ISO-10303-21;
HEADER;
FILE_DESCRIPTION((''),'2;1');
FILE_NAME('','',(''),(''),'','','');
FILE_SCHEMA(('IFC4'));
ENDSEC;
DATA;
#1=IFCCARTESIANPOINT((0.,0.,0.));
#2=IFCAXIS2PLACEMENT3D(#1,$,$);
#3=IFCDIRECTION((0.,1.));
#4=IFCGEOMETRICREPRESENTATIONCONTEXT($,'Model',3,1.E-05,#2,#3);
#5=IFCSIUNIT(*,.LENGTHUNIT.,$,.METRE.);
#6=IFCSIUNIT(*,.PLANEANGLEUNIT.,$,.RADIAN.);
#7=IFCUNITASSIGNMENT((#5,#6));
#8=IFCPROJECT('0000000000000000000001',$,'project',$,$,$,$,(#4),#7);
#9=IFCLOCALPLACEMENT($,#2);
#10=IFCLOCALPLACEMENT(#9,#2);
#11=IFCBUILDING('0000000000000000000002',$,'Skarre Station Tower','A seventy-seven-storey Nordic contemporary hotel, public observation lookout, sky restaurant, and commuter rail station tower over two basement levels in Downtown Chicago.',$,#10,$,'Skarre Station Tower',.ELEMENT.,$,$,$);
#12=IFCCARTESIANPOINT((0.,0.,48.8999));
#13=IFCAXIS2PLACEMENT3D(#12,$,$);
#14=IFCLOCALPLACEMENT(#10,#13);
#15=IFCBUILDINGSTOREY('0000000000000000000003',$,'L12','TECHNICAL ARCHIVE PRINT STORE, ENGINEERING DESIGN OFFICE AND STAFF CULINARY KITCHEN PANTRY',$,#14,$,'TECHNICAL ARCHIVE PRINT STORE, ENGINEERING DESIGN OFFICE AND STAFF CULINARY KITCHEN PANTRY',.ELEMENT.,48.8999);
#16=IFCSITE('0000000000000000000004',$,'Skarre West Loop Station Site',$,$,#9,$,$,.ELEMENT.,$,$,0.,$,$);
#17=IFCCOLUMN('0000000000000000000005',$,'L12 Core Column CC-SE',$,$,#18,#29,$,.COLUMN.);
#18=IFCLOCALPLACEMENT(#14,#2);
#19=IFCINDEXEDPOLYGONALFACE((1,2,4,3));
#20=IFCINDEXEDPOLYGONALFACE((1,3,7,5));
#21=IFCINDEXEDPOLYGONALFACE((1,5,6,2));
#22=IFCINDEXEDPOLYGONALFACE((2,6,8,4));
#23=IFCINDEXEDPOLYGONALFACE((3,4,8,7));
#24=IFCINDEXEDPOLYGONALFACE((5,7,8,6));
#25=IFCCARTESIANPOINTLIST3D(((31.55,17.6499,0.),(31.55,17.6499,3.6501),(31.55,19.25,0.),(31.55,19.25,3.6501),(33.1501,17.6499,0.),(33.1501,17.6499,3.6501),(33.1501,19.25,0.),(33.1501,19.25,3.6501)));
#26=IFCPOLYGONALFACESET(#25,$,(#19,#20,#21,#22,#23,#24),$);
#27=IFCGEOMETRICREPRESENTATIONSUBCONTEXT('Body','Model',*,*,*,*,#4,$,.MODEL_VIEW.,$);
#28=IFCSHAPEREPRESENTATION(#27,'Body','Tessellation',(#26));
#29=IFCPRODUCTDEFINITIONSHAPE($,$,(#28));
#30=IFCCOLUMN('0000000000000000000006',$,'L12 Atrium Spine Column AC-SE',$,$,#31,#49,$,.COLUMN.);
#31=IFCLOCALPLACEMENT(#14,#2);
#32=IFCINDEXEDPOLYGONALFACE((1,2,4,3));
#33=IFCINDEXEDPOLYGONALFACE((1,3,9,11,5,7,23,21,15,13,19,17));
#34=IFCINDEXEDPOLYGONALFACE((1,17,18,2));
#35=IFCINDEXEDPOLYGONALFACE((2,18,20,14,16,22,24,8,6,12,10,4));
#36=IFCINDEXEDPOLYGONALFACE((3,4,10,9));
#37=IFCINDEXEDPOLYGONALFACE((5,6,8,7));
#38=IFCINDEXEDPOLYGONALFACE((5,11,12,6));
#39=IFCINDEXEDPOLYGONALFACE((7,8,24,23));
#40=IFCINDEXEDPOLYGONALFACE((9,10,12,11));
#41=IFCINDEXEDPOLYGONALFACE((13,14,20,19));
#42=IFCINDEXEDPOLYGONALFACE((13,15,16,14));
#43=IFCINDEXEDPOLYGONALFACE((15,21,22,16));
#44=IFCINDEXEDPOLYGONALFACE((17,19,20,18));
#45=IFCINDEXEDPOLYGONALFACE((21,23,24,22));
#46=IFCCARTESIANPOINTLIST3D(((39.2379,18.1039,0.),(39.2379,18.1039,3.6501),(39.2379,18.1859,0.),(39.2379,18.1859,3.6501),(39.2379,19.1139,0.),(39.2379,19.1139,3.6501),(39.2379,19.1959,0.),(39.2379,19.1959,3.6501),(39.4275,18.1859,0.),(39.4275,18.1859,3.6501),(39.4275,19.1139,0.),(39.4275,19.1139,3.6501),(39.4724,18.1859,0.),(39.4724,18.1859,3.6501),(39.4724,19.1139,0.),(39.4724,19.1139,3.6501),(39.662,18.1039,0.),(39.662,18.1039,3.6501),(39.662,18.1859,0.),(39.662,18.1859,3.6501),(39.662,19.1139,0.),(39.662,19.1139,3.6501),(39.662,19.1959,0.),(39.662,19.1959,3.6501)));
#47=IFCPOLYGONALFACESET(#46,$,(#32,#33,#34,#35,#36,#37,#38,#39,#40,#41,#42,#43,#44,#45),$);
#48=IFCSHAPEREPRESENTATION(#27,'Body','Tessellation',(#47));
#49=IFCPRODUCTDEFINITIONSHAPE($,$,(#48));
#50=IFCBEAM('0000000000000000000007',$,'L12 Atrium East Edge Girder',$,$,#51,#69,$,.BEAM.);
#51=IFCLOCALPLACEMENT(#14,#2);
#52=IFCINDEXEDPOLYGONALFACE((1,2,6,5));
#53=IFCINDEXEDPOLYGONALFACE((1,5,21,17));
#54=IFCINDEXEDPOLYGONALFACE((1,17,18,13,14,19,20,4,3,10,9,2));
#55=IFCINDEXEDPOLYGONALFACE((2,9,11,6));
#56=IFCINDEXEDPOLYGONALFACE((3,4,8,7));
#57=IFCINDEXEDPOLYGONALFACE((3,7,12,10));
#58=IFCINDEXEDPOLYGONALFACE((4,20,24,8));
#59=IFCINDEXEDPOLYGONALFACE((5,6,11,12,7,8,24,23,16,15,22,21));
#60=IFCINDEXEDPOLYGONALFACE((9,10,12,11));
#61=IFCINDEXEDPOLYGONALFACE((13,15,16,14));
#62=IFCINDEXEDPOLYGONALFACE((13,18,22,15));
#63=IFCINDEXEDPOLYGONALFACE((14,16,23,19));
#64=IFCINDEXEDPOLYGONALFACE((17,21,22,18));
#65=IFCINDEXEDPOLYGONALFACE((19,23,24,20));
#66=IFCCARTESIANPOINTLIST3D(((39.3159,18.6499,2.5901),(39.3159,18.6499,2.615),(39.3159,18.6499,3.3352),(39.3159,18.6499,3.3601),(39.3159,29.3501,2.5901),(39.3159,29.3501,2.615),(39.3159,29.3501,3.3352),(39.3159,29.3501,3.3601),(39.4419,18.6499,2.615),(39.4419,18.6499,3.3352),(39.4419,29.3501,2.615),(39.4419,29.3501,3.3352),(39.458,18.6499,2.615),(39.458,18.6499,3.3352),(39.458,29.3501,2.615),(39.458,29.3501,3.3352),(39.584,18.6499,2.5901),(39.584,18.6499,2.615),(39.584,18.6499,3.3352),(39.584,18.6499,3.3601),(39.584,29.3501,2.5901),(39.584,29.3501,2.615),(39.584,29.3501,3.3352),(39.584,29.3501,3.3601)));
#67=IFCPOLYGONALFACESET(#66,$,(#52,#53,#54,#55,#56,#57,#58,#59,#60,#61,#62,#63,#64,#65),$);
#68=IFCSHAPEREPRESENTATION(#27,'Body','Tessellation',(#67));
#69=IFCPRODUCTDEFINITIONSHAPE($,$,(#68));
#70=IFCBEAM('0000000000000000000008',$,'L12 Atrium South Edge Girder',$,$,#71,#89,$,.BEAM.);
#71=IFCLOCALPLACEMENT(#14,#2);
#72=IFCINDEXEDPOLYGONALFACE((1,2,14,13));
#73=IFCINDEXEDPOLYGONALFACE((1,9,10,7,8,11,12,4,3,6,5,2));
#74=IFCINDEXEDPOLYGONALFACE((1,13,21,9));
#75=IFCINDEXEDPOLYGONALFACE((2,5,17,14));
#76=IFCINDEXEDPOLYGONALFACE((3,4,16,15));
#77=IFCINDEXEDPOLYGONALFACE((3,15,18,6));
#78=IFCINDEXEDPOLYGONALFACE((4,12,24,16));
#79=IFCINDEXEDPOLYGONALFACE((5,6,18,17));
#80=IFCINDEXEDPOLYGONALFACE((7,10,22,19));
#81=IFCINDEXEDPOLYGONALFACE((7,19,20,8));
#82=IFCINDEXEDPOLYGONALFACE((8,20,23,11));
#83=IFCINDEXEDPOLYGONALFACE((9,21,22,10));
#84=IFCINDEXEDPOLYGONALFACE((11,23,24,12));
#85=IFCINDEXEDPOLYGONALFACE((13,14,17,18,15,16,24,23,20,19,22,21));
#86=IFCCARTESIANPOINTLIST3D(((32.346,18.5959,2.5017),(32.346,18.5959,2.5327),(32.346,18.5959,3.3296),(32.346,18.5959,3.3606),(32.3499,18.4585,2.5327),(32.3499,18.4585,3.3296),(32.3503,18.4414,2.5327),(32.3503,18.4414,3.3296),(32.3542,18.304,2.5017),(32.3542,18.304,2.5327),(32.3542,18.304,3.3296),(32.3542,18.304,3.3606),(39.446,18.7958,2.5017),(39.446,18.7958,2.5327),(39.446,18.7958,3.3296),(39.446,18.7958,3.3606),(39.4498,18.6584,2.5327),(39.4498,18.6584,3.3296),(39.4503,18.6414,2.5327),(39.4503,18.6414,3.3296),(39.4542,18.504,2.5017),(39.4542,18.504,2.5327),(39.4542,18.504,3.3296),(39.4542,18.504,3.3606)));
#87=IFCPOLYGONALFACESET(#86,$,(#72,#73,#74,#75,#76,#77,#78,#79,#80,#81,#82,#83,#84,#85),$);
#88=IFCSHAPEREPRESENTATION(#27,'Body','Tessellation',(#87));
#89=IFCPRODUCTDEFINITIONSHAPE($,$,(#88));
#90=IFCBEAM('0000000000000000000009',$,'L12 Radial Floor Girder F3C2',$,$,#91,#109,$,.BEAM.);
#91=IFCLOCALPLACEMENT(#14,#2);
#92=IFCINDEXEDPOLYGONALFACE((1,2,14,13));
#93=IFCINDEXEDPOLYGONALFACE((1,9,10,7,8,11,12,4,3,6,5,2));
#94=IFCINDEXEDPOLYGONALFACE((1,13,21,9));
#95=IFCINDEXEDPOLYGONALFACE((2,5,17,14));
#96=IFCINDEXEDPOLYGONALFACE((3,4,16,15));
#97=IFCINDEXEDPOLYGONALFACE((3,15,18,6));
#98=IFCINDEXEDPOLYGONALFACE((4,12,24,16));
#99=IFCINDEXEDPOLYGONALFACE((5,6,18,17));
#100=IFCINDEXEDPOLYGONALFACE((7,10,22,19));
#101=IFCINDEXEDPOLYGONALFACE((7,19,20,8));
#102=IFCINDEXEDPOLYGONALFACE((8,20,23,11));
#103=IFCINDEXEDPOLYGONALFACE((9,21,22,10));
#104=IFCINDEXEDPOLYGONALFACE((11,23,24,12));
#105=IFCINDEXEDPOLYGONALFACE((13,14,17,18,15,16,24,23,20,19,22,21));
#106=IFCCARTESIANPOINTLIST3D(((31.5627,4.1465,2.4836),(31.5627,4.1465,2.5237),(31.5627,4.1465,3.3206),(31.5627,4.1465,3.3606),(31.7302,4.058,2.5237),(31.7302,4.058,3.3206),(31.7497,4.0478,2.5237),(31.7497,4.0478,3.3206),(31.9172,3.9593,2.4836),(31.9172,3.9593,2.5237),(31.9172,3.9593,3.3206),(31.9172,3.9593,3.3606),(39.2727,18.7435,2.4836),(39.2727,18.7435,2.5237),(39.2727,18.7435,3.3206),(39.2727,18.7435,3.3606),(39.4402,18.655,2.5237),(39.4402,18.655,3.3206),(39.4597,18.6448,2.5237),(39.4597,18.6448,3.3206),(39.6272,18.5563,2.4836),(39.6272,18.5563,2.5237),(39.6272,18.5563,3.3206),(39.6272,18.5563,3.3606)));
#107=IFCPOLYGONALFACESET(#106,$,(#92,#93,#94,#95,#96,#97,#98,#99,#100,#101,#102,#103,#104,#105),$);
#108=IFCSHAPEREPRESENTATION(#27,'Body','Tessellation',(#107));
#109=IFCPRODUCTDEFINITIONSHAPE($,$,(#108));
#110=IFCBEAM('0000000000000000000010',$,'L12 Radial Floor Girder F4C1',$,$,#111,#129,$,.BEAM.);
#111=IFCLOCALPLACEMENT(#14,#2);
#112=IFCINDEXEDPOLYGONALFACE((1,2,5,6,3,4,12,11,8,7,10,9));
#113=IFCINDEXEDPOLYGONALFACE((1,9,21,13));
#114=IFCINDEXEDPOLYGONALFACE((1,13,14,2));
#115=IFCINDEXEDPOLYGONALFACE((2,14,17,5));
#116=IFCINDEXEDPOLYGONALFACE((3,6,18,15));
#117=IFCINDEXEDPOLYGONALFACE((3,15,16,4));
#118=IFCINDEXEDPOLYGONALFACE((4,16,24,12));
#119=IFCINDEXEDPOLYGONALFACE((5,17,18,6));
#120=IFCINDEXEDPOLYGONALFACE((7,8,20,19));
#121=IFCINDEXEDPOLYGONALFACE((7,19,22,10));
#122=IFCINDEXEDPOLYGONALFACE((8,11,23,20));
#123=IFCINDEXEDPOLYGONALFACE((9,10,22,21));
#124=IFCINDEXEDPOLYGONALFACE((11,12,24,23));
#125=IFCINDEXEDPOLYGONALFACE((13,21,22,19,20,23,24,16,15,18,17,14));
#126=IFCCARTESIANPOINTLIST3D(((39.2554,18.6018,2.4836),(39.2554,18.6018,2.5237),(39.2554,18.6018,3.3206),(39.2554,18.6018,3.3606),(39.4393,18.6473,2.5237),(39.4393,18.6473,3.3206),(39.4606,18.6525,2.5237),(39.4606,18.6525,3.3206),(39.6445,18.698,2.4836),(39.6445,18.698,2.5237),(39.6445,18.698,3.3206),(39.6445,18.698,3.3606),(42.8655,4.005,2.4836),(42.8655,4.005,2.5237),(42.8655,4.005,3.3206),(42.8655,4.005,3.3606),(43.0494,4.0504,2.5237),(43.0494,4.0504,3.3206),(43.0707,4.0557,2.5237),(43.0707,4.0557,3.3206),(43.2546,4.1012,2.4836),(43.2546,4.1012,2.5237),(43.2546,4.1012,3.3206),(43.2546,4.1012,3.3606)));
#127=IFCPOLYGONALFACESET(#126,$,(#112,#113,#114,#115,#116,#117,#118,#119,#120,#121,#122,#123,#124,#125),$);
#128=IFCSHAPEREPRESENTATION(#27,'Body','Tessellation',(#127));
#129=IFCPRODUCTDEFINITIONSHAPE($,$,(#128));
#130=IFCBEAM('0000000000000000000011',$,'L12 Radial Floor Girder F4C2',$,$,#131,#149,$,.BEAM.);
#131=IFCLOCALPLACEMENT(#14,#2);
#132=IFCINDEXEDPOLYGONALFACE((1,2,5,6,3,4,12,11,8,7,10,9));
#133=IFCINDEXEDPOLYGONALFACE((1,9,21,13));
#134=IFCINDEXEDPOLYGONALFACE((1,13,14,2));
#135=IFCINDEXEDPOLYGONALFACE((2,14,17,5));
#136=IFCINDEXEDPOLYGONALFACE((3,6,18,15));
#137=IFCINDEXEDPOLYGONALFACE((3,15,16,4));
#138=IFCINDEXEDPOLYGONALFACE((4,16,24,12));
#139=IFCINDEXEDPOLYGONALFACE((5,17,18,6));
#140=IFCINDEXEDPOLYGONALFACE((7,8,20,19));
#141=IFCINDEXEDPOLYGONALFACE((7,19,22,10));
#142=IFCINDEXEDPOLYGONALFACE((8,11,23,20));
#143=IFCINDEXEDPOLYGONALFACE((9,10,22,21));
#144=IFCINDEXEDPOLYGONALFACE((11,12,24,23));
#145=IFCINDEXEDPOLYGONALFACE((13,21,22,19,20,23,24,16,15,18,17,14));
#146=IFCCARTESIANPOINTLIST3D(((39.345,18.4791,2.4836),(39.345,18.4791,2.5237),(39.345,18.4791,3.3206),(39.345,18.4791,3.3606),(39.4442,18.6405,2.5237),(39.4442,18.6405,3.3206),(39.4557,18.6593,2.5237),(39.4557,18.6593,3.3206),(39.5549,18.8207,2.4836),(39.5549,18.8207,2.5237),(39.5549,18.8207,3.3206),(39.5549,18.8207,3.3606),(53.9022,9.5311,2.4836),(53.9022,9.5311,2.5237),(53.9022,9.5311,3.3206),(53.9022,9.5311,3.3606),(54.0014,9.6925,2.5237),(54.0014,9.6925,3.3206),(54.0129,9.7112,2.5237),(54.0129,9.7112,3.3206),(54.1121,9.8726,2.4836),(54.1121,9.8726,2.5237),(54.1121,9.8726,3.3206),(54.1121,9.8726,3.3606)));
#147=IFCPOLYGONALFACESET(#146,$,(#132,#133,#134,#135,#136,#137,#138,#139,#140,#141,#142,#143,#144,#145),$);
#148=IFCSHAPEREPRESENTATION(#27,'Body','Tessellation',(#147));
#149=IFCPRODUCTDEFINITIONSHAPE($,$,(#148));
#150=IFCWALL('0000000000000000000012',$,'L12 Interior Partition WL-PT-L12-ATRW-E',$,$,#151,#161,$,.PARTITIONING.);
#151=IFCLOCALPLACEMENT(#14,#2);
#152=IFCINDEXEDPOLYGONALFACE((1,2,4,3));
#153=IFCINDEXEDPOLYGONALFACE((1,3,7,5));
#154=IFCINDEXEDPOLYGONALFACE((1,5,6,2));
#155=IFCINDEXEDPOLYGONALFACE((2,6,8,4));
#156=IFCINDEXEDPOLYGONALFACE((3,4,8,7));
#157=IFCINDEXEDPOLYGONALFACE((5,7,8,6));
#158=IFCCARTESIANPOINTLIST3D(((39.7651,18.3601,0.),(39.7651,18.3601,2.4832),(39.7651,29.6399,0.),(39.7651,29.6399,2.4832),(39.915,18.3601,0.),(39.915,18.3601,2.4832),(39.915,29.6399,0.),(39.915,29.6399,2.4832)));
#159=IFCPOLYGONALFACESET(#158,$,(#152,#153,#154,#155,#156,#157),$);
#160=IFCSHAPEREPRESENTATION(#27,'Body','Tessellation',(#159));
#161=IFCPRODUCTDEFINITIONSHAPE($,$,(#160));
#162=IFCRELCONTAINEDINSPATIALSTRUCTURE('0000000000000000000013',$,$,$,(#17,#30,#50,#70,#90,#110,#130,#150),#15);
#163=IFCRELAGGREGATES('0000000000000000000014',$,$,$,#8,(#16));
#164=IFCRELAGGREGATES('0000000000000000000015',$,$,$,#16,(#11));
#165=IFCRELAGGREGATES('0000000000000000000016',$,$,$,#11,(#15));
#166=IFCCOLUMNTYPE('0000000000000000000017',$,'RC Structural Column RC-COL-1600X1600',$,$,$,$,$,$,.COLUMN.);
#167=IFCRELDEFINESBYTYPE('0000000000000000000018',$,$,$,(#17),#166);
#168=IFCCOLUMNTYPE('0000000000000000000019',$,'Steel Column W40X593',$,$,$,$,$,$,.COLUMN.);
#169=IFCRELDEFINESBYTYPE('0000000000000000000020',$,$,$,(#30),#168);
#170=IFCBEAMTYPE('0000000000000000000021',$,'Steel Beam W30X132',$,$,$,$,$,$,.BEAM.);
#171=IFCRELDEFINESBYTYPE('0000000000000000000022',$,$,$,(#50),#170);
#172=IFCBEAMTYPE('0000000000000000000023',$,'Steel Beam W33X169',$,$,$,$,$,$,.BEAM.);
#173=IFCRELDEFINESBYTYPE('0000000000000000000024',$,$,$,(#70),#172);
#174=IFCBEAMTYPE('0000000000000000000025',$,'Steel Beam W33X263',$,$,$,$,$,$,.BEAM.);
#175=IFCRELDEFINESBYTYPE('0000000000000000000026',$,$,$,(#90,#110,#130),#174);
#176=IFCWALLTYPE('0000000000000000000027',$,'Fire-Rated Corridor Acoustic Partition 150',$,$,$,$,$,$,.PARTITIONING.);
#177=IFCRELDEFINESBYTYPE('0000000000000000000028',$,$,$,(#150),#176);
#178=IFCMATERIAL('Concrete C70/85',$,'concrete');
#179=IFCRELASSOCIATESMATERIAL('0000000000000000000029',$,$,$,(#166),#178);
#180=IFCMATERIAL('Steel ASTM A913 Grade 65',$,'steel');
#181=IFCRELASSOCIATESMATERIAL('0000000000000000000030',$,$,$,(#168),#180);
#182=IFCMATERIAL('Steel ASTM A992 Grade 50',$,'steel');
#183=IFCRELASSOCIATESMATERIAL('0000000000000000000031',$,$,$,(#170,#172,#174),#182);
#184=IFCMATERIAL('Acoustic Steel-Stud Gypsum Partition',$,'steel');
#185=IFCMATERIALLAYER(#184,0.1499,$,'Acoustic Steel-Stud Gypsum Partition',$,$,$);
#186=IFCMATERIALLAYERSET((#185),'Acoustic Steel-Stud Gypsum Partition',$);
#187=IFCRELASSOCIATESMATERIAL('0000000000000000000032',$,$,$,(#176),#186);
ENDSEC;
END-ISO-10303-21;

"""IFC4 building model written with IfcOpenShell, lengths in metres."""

from ifc_helpers import new_model, si_unit, direction, frame, frame_2d, origin, origin_2d, place, context, subcontext, project, spatial, rectangle, i_section, extrude, material, layer, layer_set, material_profile, profile_set, type_object, element, save


model = new_model("IFC4")

# Units and contexts
model_context = context("Model", 3, precision=1e-05, world=origin(), true_north=direction((0.0, 1.0)))
body_context = subcontext(model_context, "Body", "Model", "MODEL_VIEW")
ifc_project = project(units=[si_unit("LENGTHUNIT", "METRE"), si_unit("PLANEANGLEUNIT", "RADIAN")], contexts=[model_context])

# Site, building, storey
site_placement = place(None, origin())
site = spatial("IfcSite", under=ifc_project, at=site_placement, Name="Skarre West Loop Station Site", CompositionType="ELEMENT", RefElevation=0.0)
building_placement = place(site_placement, origin())
building = spatial("IfcBuilding", under=site, at=building_placement, Name="Skarre Station Tower", Description="A seventy-seven-storey Nordic contemporary hotel, public observation lookout, sky restaurant, and commuter rail station tower over two basement levels in Downtown Chicago.", LongName="Skarre Station Tower", CompositionType="ELEMENT")
storey_placement = place(building_placement, frame((0.0, 0.0, 48.8999)))
storey = spatial("IfcBuildingStorey", under=building, at=storey_placement, Name="L12", Description="TECHNICAL ARCHIVE PRINT STORE, ENGINEERING DESIGN OFFICE AND STAFF CULINARY KITCHEN PANTRY", LongName="TECHNICAL ARCHIVE PRINT STORE, ENGINEERING DESIGN OFFICE AND STAFF CULINARY KITCHEN PANTRY", CompositionType="ELEMENT", Elevation=48.8999)

# Columns
ifc_material_1 = material(Name="Concrete C70/85", Category="concrete")
ifc_material_profile_1 = material_profile(ifc_material_1, rectangle(XDim=1.6001, YDim=1.6001, at=origin_2d()), Name="Concrete C70/85")
ifc_profile_set_1 = profile_set([ifc_material_profile_1], Name="Concrete C70/85")
column_type_1 = type_object("IfcColumnType", Name="RC Structural Column RC-COL-1600X1600", PredefinedType="COLUMN", material=ifc_profile_set_1)
column_1_placement = place(storey_placement, frame((32.3501, 18.45, 0.0), z_axis=(0.0, 0.0, 1.0), x_axis=(1.0, 0.0, 0.0)))
element("IfcColumn", 1, at=column_1_placement, inside=storey, type_object=column_type_1, Name="L12 Core Column CC-SE", PredefinedType="COLUMN", context=body_context, shape_type="SweptSolid", body=[
    extrude(rectangle(XDim=1.6001, YDim=1.6001, at=origin_2d()), origin(), (0.0, 0.0, 1.0), 3.6501),
])
ifc_material_2 = material(Name="Steel ASTM A913 Grade 65", Category="steel")
ifc_material_profile_2 = material_profile(ifc_material_2, i_section(OverallWidth=0.4241, OverallDepth=1.092, WebThickness=0.0449, FlangeThickness=0.082, at=origin_2d()), Name="Steel ASTM A913 Grade 65")
ifc_profile_set_2 = profile_set([ifc_material_profile_2], Name="Steel ASTM A913 Grade 65")
column_type_2 = type_object("IfcColumnType", Name="Steel Column W40X593", PredefinedType="COLUMN", material=ifc_profile_set_2)
column_2_placement = place(storey_placement, frame((39.45, 18.6499, 0.0), z_axis=(0.0, 0.0, 1.0), x_axis=(1.0, 0.0, 0.0)))
element("IfcColumn", 2, at=column_2_placement, inside=storey, type_object=column_type_2, Name="L12 Atrium Spine Column AC-SE", PredefinedType="COLUMN", context=body_context, shape_type="SweptSolid", body=[
    extrude(i_section(OverallWidth=0.4241, OverallDepth=1.092, WebThickness=0.0449, FlangeThickness=0.082, at=origin_2d()), origin(), (0.0, 0.0, 1.0), 3.6501),
])

# Beams
ifc_material_3 = material(Name="Steel ASTM A992 Grade 50", Category="steel")
ifc_material_profile_3 = material_profile(ifc_material_3, i_section(OverallWidth=0.2681, OverallDepth=0.77, WebThickness=0.0161, FlangeThickness=0.0249, at=origin_2d()), Name="Steel ASTM A992 Grade 50")
ifc_profile_set_3 = profile_set([ifc_material_profile_3], Name="Steel ASTM A992 Grade 50")
beam_type_1 = type_object("IfcBeamType", Name="Steel Beam W30X132", PredefinedType="BEAM", material=ifc_profile_set_3)
beam_1_placement = place(storey_placement, frame((39.45, 18.6499, 2.9751), z_axis=(0.0, 1.0, 0.0), x_axis=(-1.0, 0.0, 0.0)))
element("IfcBeam", 3, at=beam_1_placement, inside=storey, type_object=beam_type_1, Name="L12 Atrium East Edge Girder", PredefinedType="BEAM", context=body_context, shape_type="SweptSolid", body=[
    extrude(i_section(OverallWidth=0.2681, OverallDepth=0.77, WebThickness=0.0161, FlangeThickness=0.0249, at=origin_2d()), origin(), (0.0, 0.0, 1.0), 10.7002),
])
ifc_material_profile_4 = material_profile(ifc_material_3, i_section(OverallWidth=0.292, OverallDepth=0.8589, WebThickness=0.0171, FlangeThickness=0.031, at=origin_2d()), Name="Steel ASTM A992 Grade 50")
ifc_profile_set_4 = profile_set([ifc_material_profile_4], Name="Steel ASTM A992 Grade 50")
beam_type_2 = type_object("IfcBeamType", Name="Steel Beam W33X169", PredefinedType="BEAM", material=ifc_profile_set_4)
beam_2_placement = place(storey_placement, frame((32.3501, 18.45, 2.9312), z_axis=(0.999604, 0.028152, 0.0), x_axis=(-0.028152, 0.999604, 0.0)))
element("IfcBeam", 4, at=beam_2_placement, inside=storey, type_object=beam_type_2, Name="L12 Atrium South Edge Girder", PredefinedType="BEAM", context=body_context, shape_type="SweptSolid", body=[
    extrude(i_section(OverallWidth=0.292, OverallDepth=0.8589, WebThickness=0.0171, FlangeThickness=0.031, at=origin_2d()), origin(), (0.0, 0.0, 1.0), 7.1028),
])
ifc_material_profile_5 = material_profile(ifc_material_3, i_section(OverallWidth=0.4009, OverallDepth=0.877, WebThickness=0.022, FlangeThickness=0.04, at=origin_2d()), Name="Steel ASTM A992 Grade 50")
ifc_profile_set_5 = profile_set([ifc_material_profile_5], Name="Steel ASTM A992 Grade 50")
beam_type_3 = type_object("IfcBeamType", Name="Steel Beam W33X263", PredefinedType="BEAM", material=ifc_profile_set_5)
beam_3_placement = place(storey_placement, frame((39.45, 18.6499, 2.9221), z_axis=(-0.467044, -0.884234, 0.0), x_axis=(0.884234, -0.467044, 0.0)))
element("IfcBeam", 5, at=beam_3_placement, inside=storey, type_object=beam_type_3, Name="L12 Radial Floor Girder F3C2", PredefinedType="BEAM", context=body_context, shape_type="SweptSolid", body=[
    extrude(i_section(OverallWidth=0.4009, OverallDepth=0.877, WebThickness=0.022, FlangeThickness=0.04, at=origin_2d()), origin(), (0.0, 0.0, 1.0), 16.5081),
])
beam_4_placement = place(storey_placement, frame((39.45, 18.6499, 2.9221), z_axis=(0.240086, -0.970752, 0.0), x_axis=(0.970752, 0.240086, 0.0)))
element("IfcBeam", 6, at=beam_4_placement, inside=storey, type_object=beam_type_3, Name="L12 Radial Floor Girder F4C1", PredefinedType="BEAM", context=body_context, shape_type="SweptSolid", body=[
    extrude(i_section(OverallWidth=0.4009, OverallDepth=0.877, WebThickness=0.022, FlangeThickness=0.04, at=origin_2d()), origin(), (0.0, 0.0, 1.0), 15.0366),
])
beam_5_placement = place(storey_placement, frame((39.45, 18.6499, 2.9221), z_axis=(0.851926, -0.523663, 0.0), x_axis=(0.523663, 0.851926, 0.0)))
element("IfcBeam", 7, at=beam_5_placement, inside=storey, type_object=beam_type_3, Name="L12 Radial Floor Girder F4C2", PredefinedType="BEAM", context=body_context, shape_type="SweptSolid", body=[
    extrude(i_section(OverallWidth=0.4009, OverallDepth=0.877, WebThickness=0.022, FlangeThickness=0.04, at=origin_2d()), origin(), (0.0, 0.0, 1.0), 17.0874),
])

# Wall
ifc_material_4 = material(Name="Acoustic Steel-Stud Gypsum Partition", Category="steel")
ifc_layer_1 = layer(ifc_material_4, 0.1499, Name="Acoustic Steel-Stud Gypsum Partition")
ifc_layer_set_1 = layer_set([ifc_layer_1], Name="Acoustic Steel-Stud Gypsum Partition")
wall_type_1 = type_object("IfcWallType", Name="Fire-Rated Corridor Acoustic Partition 150", PredefinedType="PARTITIONING", material=ifc_layer_set_1)
wall_1_placement = place(storey_placement, frame((39.8401, 18.3601, 0.0), z_axis=(0.0, 0.0, 1.0), x_axis=(0.0, 1.0, 0.0)))
element("IfcWall", 8, at=wall_1_placement, inside=storey, type_object=wall_type_1, Name="L12 Interior Partition WL-PT-L12-ATRW-E", PredefinedType="PARTITIONING", context=body_context, shape_type="SweptSolid", body=[
    extrude(rectangle(XDim=11.2798, YDim=0.1499, at=frame_2d((5.6399, 0.0))), origin(), (0.0, 0.0, 1.0), 2.4832),
])

save(model, "model.ifc")
